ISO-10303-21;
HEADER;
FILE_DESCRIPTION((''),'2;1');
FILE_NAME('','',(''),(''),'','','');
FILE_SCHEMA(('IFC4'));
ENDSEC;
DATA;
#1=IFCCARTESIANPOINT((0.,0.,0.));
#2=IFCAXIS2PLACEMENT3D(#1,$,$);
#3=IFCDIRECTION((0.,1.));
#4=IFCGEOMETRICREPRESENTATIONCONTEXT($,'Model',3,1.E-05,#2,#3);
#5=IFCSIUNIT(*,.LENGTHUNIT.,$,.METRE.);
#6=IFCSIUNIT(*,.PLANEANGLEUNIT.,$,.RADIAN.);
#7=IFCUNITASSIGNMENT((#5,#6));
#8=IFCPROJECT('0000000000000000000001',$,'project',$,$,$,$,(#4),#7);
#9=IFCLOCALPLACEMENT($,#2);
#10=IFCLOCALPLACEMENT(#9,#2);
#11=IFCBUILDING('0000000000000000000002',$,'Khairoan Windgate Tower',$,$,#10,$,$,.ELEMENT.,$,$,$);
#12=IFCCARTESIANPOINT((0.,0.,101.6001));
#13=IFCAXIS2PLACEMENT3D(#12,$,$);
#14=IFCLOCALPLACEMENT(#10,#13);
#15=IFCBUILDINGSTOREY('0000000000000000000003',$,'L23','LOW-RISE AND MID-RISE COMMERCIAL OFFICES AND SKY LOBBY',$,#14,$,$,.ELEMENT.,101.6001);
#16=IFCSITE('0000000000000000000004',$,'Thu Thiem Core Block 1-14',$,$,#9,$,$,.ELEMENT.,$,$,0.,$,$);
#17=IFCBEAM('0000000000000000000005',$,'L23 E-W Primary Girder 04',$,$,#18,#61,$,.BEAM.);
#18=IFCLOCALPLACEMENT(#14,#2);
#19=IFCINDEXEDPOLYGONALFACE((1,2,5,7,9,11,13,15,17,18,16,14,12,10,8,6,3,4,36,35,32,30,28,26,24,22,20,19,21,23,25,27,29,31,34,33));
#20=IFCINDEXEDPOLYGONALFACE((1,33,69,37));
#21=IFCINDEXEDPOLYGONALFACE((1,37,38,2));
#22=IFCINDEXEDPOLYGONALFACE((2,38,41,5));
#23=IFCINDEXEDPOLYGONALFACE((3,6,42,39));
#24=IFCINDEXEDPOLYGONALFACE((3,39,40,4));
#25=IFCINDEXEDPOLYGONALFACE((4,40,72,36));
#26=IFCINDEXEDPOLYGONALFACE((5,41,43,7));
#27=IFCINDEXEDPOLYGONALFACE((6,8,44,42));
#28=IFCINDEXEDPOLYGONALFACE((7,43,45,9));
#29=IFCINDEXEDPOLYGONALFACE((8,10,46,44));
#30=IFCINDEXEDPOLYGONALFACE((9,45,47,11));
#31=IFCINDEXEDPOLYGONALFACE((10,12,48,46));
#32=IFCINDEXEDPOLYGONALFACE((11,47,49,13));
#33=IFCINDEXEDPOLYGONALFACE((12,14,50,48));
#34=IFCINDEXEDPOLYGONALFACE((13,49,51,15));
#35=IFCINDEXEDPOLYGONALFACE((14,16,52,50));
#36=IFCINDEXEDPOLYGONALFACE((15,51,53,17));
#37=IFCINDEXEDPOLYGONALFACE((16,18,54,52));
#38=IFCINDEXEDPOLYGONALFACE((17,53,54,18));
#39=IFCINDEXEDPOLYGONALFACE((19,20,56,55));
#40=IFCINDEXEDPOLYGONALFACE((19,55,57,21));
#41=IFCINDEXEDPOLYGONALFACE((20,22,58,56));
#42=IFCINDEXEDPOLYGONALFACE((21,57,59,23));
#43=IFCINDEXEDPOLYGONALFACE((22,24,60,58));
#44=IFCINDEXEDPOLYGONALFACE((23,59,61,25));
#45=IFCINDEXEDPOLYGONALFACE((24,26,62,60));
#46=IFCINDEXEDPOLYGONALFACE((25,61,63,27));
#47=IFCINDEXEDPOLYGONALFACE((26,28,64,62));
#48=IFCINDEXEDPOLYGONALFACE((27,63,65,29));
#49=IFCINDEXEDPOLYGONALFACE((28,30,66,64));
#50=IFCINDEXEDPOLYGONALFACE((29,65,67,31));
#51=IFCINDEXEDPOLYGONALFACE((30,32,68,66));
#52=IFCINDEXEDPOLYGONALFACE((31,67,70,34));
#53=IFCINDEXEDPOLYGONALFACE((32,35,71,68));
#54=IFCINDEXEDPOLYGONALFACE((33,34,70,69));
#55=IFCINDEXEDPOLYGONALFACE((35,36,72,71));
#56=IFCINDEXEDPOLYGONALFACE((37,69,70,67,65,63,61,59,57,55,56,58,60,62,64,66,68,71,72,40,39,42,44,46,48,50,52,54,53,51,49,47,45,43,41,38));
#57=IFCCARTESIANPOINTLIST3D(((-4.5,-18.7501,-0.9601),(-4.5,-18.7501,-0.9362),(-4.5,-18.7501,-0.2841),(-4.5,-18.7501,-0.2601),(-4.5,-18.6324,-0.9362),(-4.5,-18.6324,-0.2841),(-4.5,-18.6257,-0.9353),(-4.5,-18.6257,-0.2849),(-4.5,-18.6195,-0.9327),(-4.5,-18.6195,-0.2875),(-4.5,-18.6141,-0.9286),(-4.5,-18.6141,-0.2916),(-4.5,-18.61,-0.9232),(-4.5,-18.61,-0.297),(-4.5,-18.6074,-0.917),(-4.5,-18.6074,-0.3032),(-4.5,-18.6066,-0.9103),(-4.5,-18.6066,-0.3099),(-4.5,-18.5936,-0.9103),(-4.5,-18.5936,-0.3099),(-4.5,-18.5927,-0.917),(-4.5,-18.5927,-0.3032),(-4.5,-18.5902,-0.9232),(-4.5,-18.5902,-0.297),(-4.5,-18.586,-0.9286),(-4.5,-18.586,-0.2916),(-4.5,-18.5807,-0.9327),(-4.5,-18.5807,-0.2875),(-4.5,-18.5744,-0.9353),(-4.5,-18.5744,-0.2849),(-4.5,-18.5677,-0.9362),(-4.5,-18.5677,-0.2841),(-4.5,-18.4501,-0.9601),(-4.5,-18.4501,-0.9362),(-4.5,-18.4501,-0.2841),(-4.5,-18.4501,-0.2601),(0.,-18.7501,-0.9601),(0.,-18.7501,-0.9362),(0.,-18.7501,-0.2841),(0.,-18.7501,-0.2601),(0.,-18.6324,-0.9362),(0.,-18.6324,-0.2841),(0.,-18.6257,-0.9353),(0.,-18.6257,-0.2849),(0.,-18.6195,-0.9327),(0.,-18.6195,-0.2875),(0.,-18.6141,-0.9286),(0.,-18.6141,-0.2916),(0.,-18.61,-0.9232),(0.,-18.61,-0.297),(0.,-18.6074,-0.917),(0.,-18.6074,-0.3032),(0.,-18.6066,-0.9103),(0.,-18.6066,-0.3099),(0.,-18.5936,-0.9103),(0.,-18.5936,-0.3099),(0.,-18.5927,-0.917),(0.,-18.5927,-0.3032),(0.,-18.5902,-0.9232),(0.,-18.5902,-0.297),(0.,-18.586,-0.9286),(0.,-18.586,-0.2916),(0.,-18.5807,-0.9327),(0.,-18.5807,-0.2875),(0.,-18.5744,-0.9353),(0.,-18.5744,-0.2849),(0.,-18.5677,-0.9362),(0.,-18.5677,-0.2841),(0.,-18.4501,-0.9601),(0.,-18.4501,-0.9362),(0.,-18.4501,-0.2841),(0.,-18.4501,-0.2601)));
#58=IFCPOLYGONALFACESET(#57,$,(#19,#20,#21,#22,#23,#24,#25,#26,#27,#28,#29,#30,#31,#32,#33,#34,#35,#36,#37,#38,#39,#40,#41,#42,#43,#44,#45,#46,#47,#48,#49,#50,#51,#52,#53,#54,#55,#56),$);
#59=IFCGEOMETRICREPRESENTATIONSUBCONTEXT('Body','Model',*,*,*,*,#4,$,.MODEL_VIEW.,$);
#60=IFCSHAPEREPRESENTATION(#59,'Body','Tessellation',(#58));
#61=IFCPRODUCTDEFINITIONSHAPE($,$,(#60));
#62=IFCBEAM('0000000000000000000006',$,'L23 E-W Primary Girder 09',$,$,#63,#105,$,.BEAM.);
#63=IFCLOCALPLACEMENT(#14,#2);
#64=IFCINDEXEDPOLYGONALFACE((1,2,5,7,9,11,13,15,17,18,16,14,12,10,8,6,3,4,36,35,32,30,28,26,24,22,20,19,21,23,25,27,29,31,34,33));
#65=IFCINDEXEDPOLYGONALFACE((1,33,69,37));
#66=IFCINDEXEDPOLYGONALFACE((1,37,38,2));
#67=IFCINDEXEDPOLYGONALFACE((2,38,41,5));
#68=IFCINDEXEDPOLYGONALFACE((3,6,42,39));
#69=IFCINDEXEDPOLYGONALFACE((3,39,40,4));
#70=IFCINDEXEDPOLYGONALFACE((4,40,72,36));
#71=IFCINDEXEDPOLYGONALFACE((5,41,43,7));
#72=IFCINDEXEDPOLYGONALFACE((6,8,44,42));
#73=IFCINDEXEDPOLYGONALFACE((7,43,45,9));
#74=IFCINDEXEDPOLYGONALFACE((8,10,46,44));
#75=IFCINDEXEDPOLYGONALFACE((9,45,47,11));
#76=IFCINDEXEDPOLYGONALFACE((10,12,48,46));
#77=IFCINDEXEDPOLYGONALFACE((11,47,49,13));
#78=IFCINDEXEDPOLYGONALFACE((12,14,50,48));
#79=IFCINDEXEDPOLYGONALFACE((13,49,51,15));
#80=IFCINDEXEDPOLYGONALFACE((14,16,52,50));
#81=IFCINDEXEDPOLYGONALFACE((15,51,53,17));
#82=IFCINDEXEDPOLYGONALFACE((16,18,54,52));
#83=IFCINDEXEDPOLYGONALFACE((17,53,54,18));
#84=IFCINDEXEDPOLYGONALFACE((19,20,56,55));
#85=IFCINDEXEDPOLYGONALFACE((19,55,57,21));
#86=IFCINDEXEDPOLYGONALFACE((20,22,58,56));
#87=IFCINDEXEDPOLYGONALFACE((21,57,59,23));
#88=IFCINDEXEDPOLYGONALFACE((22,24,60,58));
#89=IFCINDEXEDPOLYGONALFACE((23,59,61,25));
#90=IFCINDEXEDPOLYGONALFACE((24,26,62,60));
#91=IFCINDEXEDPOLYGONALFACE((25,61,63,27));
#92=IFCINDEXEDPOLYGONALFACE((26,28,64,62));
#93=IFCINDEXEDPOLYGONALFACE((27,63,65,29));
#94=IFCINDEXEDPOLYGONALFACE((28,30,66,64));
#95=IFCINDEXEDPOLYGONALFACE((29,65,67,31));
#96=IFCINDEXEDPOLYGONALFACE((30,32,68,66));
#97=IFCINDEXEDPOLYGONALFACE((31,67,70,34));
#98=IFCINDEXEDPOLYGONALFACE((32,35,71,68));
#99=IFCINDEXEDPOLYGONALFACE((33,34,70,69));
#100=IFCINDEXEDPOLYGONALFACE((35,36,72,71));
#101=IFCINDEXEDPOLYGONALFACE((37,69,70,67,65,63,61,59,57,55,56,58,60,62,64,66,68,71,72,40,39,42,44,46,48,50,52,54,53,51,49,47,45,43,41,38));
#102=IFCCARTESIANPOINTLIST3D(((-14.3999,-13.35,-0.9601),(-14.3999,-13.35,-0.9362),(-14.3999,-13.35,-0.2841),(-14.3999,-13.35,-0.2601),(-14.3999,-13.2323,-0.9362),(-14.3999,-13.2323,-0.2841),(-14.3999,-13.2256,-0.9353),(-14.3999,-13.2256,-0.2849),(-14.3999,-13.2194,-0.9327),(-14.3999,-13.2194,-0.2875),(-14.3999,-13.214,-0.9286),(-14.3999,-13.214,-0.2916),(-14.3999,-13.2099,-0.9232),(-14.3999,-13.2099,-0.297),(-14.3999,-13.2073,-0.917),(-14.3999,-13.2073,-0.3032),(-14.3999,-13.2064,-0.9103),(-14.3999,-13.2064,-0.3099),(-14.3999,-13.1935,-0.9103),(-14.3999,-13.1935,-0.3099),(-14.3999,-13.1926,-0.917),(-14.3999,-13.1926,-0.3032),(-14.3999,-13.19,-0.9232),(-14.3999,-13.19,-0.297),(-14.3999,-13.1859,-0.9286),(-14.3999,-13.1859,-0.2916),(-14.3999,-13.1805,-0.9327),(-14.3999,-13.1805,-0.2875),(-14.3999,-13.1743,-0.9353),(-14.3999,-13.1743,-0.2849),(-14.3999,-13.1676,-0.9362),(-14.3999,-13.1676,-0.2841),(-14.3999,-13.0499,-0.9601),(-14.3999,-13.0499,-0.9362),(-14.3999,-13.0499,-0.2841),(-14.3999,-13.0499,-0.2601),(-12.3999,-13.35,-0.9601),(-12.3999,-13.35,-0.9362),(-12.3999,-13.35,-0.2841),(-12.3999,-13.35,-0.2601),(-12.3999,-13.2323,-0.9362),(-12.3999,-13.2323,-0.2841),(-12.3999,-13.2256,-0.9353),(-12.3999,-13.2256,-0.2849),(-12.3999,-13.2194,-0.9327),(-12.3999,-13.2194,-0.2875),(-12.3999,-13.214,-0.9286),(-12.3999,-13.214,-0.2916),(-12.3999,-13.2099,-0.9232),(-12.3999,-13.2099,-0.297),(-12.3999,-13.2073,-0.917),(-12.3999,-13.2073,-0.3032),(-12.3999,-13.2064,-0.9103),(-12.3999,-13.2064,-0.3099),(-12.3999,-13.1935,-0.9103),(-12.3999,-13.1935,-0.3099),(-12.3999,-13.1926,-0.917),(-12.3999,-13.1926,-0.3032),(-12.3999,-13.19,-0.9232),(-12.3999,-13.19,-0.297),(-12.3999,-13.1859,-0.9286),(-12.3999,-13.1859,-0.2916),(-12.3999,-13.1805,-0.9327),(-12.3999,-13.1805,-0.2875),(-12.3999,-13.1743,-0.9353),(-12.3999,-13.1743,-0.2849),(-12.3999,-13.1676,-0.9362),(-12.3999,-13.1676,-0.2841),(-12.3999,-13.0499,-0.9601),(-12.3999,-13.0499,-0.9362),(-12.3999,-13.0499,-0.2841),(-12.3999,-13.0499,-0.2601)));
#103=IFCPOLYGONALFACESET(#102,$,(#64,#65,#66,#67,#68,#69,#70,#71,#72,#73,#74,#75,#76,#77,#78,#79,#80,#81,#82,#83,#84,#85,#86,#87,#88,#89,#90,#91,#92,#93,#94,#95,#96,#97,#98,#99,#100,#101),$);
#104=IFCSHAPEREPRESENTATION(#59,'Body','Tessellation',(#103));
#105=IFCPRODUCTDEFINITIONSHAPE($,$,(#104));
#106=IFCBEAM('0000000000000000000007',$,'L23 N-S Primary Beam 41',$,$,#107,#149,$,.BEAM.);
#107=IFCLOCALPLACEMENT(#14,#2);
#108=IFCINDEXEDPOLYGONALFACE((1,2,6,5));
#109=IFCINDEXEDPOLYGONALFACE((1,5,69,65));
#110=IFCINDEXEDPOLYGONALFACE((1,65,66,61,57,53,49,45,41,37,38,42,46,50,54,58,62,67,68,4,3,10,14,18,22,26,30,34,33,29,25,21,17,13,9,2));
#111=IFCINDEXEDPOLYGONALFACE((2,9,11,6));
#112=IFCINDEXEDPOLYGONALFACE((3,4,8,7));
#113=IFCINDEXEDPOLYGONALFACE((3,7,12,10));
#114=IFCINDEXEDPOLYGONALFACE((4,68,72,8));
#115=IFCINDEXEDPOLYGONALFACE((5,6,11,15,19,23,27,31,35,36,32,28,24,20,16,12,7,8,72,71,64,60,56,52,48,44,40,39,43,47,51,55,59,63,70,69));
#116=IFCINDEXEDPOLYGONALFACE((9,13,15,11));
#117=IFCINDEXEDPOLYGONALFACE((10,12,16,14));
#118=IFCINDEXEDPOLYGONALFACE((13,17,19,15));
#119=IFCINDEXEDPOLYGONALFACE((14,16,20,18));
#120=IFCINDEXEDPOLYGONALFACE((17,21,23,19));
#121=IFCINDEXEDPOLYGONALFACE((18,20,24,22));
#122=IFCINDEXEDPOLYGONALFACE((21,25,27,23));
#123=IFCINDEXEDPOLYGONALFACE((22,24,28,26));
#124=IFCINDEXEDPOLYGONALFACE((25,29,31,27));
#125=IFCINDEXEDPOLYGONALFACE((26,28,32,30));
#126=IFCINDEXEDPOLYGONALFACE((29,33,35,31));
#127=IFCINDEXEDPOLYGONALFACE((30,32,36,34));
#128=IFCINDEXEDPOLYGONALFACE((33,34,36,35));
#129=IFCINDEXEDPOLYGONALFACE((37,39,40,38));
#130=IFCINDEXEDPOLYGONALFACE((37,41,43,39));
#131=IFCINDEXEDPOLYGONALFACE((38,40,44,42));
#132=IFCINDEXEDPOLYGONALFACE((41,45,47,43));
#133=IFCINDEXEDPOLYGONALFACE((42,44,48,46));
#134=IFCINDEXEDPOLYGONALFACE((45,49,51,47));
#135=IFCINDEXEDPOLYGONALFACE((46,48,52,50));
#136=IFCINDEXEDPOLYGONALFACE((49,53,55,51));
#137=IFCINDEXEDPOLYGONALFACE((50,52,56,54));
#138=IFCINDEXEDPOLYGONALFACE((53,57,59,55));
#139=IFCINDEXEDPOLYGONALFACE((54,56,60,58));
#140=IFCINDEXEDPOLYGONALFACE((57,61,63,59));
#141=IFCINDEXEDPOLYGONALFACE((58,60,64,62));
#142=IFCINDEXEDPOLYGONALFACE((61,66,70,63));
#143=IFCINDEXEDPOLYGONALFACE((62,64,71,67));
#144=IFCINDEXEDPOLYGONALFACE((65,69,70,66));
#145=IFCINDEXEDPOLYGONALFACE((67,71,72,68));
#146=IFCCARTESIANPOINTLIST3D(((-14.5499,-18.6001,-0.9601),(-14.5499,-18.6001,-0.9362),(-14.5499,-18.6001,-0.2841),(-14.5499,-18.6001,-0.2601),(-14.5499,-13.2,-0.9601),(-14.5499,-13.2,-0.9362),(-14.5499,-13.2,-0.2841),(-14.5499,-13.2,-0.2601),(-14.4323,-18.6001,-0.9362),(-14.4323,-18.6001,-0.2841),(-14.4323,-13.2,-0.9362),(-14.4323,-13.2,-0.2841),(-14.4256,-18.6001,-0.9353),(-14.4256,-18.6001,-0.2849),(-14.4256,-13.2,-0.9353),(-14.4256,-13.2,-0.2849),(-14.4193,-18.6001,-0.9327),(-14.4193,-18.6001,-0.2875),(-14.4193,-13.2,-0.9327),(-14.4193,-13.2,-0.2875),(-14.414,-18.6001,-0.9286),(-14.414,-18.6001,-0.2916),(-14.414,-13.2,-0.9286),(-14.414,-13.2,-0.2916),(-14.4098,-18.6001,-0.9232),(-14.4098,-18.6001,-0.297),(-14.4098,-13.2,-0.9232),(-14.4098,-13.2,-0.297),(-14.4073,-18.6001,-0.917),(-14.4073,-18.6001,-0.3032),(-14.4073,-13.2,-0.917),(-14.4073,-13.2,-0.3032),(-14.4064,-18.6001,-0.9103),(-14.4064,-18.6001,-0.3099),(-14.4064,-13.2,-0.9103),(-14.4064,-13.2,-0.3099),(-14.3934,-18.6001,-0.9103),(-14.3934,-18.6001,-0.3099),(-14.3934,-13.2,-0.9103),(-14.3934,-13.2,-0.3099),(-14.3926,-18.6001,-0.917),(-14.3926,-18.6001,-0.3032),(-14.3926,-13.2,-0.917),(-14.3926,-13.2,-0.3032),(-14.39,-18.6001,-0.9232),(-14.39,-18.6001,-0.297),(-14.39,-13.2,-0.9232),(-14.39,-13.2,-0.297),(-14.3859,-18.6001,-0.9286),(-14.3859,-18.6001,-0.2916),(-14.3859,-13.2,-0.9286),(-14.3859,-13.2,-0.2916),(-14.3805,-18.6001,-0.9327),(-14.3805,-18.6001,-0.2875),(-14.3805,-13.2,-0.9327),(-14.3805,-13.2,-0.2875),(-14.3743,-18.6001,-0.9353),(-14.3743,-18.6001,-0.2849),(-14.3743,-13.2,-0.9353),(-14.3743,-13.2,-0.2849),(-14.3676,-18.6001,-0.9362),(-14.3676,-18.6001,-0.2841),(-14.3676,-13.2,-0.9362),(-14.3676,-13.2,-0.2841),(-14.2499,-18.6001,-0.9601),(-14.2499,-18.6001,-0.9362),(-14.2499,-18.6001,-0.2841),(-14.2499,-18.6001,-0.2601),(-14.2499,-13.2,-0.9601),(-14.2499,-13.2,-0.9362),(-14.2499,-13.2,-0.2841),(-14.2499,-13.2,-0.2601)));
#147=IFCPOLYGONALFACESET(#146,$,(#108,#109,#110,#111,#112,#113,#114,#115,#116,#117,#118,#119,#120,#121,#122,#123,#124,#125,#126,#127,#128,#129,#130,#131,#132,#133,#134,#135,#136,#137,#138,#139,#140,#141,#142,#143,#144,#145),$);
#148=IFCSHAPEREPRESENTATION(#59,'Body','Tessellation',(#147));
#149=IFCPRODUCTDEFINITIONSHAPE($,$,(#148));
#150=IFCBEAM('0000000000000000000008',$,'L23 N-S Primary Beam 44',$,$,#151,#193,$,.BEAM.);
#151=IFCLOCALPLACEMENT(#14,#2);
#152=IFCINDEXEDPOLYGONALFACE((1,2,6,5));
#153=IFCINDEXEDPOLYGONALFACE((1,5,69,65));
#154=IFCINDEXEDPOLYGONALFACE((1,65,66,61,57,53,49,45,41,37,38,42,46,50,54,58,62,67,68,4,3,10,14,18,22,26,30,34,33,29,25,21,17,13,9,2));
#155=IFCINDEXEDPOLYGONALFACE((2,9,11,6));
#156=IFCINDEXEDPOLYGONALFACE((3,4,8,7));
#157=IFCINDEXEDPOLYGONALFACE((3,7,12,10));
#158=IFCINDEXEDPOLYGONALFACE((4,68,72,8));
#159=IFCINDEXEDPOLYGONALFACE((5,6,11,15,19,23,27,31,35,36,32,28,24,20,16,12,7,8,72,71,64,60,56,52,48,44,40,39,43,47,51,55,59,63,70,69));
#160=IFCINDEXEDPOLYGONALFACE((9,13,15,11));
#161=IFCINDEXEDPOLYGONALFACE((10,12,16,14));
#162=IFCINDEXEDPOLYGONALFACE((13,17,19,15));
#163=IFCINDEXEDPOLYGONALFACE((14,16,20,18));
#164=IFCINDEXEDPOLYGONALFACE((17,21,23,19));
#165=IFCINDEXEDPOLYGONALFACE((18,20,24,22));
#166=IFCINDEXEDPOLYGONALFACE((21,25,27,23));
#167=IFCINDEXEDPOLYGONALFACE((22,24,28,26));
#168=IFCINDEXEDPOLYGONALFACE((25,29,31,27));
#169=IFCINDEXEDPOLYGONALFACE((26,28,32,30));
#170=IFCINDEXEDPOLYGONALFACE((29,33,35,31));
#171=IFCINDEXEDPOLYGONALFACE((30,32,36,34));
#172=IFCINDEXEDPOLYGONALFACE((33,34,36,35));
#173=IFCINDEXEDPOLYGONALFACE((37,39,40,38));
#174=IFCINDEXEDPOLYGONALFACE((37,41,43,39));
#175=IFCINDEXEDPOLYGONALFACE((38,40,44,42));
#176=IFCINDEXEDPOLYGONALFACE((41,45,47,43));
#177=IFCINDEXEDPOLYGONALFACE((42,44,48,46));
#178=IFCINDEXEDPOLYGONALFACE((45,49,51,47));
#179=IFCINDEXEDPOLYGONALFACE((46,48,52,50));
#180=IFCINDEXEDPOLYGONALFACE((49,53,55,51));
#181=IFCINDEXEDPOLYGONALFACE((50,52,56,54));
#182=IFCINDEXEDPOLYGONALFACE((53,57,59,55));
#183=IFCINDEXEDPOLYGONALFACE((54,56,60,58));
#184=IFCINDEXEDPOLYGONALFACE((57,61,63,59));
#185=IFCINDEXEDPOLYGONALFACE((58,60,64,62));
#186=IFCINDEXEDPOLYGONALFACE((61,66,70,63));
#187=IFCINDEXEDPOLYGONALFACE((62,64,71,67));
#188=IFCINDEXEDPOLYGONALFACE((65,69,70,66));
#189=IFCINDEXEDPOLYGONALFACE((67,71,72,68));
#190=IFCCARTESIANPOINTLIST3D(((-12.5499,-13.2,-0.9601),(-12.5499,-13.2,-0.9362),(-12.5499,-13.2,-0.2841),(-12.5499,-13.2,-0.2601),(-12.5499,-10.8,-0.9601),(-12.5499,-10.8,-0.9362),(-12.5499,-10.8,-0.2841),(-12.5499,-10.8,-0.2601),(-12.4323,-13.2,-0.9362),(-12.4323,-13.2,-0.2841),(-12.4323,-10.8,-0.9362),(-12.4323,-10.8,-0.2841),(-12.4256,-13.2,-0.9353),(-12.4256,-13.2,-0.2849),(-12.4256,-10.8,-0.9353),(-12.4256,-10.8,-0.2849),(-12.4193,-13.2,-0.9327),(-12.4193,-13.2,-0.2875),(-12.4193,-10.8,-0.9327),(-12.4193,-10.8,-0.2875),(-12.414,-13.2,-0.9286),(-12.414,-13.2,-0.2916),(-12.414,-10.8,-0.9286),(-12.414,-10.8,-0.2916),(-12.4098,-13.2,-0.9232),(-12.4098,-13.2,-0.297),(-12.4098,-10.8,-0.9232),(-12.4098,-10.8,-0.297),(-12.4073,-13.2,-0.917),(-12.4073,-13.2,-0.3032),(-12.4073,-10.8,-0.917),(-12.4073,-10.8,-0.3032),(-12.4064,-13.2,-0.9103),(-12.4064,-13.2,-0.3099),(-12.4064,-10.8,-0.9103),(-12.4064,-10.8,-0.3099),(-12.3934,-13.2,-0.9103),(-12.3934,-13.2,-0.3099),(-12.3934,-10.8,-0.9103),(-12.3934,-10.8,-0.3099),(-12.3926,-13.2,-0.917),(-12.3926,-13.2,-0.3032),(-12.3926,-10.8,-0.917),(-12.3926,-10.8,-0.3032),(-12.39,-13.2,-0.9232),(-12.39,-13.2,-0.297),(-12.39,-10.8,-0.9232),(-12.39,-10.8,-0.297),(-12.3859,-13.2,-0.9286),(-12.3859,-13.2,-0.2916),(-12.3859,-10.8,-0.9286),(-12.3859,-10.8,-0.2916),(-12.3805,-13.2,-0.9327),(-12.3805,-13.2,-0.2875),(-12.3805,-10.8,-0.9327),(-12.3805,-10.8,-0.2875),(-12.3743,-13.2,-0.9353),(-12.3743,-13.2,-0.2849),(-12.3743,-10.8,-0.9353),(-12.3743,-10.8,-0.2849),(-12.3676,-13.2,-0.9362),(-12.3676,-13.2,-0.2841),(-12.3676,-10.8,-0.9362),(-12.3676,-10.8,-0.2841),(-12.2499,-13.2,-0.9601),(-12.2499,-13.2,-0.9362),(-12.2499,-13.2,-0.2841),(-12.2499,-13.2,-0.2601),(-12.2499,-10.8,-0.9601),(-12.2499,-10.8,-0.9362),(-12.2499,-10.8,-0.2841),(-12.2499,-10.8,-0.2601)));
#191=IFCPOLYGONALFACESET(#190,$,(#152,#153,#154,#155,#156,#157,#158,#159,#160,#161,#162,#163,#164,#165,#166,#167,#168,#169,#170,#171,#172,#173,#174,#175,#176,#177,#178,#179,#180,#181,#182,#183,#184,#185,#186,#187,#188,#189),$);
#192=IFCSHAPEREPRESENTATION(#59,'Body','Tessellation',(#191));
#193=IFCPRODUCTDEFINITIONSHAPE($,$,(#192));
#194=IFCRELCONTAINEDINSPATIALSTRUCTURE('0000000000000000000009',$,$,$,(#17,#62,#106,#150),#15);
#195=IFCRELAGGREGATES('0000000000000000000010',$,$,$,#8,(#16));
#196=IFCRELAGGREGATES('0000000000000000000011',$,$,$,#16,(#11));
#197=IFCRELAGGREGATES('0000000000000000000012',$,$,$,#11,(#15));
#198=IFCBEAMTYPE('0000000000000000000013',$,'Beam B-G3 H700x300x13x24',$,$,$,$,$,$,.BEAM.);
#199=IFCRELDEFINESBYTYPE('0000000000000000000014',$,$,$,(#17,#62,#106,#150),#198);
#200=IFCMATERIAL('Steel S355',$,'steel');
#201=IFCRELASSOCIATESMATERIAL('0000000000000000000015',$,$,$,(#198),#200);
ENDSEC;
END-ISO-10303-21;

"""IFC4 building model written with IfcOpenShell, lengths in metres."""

from ifc_helpers import new_model, si_unit, direction, frame, origin, origin_2d, place, context, subcontext, project, spatial, i_section, extrude, material, material_profile, profile_set, type_object, element, save


model = new_model("IFC4")

# Units and contexts
model_context = context("Model", 3, precision=1e-05, world=origin(), true_north=direction((0.0, 1.0)))
body_context = subcontext(model_context, "Body", "Model", "MODEL_VIEW")
ifc_project = project(units=[si_unit("LENGTHUNIT", "METRE"), si_unit("PLANEANGLEUNIT", "RADIAN")], contexts=[model_context])

# Site, building, storey
site_placement = place(None, origin())
site = spatial("IfcSite", under=ifc_project, at=site_placement, Name="Thu Thiem Core Block 1-14", CompositionType="ELEMENT", RefElevation=0.0)
building_placement = place(site_placement, origin())
building = spatial("IfcBuilding", under=site, at=building_placement, Name="Khairoan Windgate Tower", CompositionType="ELEMENT")
storey_placement = place(building_placement, frame((0.0, 0.0, 101.6001)))
storey = spatial("IfcBuildingStorey", under=building, at=storey_placement, Name="L23", Description="LOW-RISE AND MID-RISE COMMERCIAL OFFICES AND SKY LOBBY", CompositionType="ELEMENT", Elevation=101.6001)

# Beams
ifc_material_1 = material(Name="Steel S355", Category="steel")
ifc_material_profile_1 = material_profile(ifc_material_1, i_section(OverallWidth=0.3, OverallDepth=0.7, WebThickness=0.0129, FlangeThickness=0.0239, FilletRadius=0.0259, at=origin_2d()))
ifc_profile_set_1 = profile_set([ifc_material_profile_1], Name="Steel S355")
beam_type_1 = type_object("IfcBeamType", Name="Beam B-G3 H700x300x13x24", PredefinedType="BEAM", material=ifc_profile_set_1)
beam_1_placement = place(storey_placement, frame((-4.5, -18.6001, -0.6101), z_axis=(1.0, 0.0, 0.0), x_axis=(0.0, 1.0, 0.0)))
element("IfcBeam", 1, at=beam_1_placement, inside=storey, type_object=beam_type_1, Name="L23 E-W Primary Girder 04", PredefinedType="BEAM", context=body_context, shape_type="SweptSolid", body=[
    extrude(i_section(OverallWidth=0.3, OverallDepth=0.7, WebThickness=0.0129, FlangeThickness=0.0239, FilletRadius=0.0259, at=origin_2d()), origin(), (0.0, 0.0, 1.0), 4.5),
])
beam_2_placement = place(storey_placement, frame((-14.3999, -13.2, -0.6101), z_axis=(1.0, 0.0, 0.0), x_axis=(0.0, 1.0, 0.0)))
element("IfcBeam", 2, at=beam_2_placement, inside=storey, type_object=beam_type_1, Name="L23 E-W Primary Girder 09", PredefinedType="BEAM", context=body_context, shape_type="SweptSolid", body=[
    extrude(i_section(OverallWidth=0.3, OverallDepth=0.7, WebThickness=0.0129, FlangeThickness=0.0239, FilletRadius=0.0259, at=origin_2d()), origin(), (0.0, 0.0, 1.0), 2.0),
])
beam_3_placement = place(storey_placement, frame((-14.3999, -18.6001, -0.6101), z_axis=(0.0, 1.0, 0.0), x_axis=(-1.0, 0.0, 0.0)))
element("IfcBeam", 3, at=beam_3_placement, inside=storey, type_object=beam_type_1, Name="L23 N-S Primary Beam 41", PredefinedType="BEAM", context=body_context, shape_type="SweptSolid", body=[
    extrude(i_section(OverallWidth=0.3, OverallDepth=0.7, WebThickness=0.0129, FlangeThickness=0.0239, FilletRadius=0.0259, at=origin_2d()), origin(), (0.0, 0.0, 1.0), 5.4001),
])
beam_4_placement = place(storey_placement, frame((-12.3999, -13.2, -0.6101), z_axis=(0.0, 1.0, 0.0), x_axis=(-1.0, 0.0, 0.0)))
element("IfcBeam", 4, at=beam_4_placement, inside=storey, type_object=beam_type_1, Name="L23 N-S Primary Beam 44", PredefinedType="BEAM", context=body_context, shape_type="SweptSolid", body=[
    extrude(i_section(OverallWidth=0.3, OverallDepth=0.7, WebThickness=0.0129, FlangeThickness=0.0239, FilletRadius=0.0259, at=origin_2d()), origin(), (0.0, 0.0, 1.0), 2.3999),
])

save(model, "model.ifc")
